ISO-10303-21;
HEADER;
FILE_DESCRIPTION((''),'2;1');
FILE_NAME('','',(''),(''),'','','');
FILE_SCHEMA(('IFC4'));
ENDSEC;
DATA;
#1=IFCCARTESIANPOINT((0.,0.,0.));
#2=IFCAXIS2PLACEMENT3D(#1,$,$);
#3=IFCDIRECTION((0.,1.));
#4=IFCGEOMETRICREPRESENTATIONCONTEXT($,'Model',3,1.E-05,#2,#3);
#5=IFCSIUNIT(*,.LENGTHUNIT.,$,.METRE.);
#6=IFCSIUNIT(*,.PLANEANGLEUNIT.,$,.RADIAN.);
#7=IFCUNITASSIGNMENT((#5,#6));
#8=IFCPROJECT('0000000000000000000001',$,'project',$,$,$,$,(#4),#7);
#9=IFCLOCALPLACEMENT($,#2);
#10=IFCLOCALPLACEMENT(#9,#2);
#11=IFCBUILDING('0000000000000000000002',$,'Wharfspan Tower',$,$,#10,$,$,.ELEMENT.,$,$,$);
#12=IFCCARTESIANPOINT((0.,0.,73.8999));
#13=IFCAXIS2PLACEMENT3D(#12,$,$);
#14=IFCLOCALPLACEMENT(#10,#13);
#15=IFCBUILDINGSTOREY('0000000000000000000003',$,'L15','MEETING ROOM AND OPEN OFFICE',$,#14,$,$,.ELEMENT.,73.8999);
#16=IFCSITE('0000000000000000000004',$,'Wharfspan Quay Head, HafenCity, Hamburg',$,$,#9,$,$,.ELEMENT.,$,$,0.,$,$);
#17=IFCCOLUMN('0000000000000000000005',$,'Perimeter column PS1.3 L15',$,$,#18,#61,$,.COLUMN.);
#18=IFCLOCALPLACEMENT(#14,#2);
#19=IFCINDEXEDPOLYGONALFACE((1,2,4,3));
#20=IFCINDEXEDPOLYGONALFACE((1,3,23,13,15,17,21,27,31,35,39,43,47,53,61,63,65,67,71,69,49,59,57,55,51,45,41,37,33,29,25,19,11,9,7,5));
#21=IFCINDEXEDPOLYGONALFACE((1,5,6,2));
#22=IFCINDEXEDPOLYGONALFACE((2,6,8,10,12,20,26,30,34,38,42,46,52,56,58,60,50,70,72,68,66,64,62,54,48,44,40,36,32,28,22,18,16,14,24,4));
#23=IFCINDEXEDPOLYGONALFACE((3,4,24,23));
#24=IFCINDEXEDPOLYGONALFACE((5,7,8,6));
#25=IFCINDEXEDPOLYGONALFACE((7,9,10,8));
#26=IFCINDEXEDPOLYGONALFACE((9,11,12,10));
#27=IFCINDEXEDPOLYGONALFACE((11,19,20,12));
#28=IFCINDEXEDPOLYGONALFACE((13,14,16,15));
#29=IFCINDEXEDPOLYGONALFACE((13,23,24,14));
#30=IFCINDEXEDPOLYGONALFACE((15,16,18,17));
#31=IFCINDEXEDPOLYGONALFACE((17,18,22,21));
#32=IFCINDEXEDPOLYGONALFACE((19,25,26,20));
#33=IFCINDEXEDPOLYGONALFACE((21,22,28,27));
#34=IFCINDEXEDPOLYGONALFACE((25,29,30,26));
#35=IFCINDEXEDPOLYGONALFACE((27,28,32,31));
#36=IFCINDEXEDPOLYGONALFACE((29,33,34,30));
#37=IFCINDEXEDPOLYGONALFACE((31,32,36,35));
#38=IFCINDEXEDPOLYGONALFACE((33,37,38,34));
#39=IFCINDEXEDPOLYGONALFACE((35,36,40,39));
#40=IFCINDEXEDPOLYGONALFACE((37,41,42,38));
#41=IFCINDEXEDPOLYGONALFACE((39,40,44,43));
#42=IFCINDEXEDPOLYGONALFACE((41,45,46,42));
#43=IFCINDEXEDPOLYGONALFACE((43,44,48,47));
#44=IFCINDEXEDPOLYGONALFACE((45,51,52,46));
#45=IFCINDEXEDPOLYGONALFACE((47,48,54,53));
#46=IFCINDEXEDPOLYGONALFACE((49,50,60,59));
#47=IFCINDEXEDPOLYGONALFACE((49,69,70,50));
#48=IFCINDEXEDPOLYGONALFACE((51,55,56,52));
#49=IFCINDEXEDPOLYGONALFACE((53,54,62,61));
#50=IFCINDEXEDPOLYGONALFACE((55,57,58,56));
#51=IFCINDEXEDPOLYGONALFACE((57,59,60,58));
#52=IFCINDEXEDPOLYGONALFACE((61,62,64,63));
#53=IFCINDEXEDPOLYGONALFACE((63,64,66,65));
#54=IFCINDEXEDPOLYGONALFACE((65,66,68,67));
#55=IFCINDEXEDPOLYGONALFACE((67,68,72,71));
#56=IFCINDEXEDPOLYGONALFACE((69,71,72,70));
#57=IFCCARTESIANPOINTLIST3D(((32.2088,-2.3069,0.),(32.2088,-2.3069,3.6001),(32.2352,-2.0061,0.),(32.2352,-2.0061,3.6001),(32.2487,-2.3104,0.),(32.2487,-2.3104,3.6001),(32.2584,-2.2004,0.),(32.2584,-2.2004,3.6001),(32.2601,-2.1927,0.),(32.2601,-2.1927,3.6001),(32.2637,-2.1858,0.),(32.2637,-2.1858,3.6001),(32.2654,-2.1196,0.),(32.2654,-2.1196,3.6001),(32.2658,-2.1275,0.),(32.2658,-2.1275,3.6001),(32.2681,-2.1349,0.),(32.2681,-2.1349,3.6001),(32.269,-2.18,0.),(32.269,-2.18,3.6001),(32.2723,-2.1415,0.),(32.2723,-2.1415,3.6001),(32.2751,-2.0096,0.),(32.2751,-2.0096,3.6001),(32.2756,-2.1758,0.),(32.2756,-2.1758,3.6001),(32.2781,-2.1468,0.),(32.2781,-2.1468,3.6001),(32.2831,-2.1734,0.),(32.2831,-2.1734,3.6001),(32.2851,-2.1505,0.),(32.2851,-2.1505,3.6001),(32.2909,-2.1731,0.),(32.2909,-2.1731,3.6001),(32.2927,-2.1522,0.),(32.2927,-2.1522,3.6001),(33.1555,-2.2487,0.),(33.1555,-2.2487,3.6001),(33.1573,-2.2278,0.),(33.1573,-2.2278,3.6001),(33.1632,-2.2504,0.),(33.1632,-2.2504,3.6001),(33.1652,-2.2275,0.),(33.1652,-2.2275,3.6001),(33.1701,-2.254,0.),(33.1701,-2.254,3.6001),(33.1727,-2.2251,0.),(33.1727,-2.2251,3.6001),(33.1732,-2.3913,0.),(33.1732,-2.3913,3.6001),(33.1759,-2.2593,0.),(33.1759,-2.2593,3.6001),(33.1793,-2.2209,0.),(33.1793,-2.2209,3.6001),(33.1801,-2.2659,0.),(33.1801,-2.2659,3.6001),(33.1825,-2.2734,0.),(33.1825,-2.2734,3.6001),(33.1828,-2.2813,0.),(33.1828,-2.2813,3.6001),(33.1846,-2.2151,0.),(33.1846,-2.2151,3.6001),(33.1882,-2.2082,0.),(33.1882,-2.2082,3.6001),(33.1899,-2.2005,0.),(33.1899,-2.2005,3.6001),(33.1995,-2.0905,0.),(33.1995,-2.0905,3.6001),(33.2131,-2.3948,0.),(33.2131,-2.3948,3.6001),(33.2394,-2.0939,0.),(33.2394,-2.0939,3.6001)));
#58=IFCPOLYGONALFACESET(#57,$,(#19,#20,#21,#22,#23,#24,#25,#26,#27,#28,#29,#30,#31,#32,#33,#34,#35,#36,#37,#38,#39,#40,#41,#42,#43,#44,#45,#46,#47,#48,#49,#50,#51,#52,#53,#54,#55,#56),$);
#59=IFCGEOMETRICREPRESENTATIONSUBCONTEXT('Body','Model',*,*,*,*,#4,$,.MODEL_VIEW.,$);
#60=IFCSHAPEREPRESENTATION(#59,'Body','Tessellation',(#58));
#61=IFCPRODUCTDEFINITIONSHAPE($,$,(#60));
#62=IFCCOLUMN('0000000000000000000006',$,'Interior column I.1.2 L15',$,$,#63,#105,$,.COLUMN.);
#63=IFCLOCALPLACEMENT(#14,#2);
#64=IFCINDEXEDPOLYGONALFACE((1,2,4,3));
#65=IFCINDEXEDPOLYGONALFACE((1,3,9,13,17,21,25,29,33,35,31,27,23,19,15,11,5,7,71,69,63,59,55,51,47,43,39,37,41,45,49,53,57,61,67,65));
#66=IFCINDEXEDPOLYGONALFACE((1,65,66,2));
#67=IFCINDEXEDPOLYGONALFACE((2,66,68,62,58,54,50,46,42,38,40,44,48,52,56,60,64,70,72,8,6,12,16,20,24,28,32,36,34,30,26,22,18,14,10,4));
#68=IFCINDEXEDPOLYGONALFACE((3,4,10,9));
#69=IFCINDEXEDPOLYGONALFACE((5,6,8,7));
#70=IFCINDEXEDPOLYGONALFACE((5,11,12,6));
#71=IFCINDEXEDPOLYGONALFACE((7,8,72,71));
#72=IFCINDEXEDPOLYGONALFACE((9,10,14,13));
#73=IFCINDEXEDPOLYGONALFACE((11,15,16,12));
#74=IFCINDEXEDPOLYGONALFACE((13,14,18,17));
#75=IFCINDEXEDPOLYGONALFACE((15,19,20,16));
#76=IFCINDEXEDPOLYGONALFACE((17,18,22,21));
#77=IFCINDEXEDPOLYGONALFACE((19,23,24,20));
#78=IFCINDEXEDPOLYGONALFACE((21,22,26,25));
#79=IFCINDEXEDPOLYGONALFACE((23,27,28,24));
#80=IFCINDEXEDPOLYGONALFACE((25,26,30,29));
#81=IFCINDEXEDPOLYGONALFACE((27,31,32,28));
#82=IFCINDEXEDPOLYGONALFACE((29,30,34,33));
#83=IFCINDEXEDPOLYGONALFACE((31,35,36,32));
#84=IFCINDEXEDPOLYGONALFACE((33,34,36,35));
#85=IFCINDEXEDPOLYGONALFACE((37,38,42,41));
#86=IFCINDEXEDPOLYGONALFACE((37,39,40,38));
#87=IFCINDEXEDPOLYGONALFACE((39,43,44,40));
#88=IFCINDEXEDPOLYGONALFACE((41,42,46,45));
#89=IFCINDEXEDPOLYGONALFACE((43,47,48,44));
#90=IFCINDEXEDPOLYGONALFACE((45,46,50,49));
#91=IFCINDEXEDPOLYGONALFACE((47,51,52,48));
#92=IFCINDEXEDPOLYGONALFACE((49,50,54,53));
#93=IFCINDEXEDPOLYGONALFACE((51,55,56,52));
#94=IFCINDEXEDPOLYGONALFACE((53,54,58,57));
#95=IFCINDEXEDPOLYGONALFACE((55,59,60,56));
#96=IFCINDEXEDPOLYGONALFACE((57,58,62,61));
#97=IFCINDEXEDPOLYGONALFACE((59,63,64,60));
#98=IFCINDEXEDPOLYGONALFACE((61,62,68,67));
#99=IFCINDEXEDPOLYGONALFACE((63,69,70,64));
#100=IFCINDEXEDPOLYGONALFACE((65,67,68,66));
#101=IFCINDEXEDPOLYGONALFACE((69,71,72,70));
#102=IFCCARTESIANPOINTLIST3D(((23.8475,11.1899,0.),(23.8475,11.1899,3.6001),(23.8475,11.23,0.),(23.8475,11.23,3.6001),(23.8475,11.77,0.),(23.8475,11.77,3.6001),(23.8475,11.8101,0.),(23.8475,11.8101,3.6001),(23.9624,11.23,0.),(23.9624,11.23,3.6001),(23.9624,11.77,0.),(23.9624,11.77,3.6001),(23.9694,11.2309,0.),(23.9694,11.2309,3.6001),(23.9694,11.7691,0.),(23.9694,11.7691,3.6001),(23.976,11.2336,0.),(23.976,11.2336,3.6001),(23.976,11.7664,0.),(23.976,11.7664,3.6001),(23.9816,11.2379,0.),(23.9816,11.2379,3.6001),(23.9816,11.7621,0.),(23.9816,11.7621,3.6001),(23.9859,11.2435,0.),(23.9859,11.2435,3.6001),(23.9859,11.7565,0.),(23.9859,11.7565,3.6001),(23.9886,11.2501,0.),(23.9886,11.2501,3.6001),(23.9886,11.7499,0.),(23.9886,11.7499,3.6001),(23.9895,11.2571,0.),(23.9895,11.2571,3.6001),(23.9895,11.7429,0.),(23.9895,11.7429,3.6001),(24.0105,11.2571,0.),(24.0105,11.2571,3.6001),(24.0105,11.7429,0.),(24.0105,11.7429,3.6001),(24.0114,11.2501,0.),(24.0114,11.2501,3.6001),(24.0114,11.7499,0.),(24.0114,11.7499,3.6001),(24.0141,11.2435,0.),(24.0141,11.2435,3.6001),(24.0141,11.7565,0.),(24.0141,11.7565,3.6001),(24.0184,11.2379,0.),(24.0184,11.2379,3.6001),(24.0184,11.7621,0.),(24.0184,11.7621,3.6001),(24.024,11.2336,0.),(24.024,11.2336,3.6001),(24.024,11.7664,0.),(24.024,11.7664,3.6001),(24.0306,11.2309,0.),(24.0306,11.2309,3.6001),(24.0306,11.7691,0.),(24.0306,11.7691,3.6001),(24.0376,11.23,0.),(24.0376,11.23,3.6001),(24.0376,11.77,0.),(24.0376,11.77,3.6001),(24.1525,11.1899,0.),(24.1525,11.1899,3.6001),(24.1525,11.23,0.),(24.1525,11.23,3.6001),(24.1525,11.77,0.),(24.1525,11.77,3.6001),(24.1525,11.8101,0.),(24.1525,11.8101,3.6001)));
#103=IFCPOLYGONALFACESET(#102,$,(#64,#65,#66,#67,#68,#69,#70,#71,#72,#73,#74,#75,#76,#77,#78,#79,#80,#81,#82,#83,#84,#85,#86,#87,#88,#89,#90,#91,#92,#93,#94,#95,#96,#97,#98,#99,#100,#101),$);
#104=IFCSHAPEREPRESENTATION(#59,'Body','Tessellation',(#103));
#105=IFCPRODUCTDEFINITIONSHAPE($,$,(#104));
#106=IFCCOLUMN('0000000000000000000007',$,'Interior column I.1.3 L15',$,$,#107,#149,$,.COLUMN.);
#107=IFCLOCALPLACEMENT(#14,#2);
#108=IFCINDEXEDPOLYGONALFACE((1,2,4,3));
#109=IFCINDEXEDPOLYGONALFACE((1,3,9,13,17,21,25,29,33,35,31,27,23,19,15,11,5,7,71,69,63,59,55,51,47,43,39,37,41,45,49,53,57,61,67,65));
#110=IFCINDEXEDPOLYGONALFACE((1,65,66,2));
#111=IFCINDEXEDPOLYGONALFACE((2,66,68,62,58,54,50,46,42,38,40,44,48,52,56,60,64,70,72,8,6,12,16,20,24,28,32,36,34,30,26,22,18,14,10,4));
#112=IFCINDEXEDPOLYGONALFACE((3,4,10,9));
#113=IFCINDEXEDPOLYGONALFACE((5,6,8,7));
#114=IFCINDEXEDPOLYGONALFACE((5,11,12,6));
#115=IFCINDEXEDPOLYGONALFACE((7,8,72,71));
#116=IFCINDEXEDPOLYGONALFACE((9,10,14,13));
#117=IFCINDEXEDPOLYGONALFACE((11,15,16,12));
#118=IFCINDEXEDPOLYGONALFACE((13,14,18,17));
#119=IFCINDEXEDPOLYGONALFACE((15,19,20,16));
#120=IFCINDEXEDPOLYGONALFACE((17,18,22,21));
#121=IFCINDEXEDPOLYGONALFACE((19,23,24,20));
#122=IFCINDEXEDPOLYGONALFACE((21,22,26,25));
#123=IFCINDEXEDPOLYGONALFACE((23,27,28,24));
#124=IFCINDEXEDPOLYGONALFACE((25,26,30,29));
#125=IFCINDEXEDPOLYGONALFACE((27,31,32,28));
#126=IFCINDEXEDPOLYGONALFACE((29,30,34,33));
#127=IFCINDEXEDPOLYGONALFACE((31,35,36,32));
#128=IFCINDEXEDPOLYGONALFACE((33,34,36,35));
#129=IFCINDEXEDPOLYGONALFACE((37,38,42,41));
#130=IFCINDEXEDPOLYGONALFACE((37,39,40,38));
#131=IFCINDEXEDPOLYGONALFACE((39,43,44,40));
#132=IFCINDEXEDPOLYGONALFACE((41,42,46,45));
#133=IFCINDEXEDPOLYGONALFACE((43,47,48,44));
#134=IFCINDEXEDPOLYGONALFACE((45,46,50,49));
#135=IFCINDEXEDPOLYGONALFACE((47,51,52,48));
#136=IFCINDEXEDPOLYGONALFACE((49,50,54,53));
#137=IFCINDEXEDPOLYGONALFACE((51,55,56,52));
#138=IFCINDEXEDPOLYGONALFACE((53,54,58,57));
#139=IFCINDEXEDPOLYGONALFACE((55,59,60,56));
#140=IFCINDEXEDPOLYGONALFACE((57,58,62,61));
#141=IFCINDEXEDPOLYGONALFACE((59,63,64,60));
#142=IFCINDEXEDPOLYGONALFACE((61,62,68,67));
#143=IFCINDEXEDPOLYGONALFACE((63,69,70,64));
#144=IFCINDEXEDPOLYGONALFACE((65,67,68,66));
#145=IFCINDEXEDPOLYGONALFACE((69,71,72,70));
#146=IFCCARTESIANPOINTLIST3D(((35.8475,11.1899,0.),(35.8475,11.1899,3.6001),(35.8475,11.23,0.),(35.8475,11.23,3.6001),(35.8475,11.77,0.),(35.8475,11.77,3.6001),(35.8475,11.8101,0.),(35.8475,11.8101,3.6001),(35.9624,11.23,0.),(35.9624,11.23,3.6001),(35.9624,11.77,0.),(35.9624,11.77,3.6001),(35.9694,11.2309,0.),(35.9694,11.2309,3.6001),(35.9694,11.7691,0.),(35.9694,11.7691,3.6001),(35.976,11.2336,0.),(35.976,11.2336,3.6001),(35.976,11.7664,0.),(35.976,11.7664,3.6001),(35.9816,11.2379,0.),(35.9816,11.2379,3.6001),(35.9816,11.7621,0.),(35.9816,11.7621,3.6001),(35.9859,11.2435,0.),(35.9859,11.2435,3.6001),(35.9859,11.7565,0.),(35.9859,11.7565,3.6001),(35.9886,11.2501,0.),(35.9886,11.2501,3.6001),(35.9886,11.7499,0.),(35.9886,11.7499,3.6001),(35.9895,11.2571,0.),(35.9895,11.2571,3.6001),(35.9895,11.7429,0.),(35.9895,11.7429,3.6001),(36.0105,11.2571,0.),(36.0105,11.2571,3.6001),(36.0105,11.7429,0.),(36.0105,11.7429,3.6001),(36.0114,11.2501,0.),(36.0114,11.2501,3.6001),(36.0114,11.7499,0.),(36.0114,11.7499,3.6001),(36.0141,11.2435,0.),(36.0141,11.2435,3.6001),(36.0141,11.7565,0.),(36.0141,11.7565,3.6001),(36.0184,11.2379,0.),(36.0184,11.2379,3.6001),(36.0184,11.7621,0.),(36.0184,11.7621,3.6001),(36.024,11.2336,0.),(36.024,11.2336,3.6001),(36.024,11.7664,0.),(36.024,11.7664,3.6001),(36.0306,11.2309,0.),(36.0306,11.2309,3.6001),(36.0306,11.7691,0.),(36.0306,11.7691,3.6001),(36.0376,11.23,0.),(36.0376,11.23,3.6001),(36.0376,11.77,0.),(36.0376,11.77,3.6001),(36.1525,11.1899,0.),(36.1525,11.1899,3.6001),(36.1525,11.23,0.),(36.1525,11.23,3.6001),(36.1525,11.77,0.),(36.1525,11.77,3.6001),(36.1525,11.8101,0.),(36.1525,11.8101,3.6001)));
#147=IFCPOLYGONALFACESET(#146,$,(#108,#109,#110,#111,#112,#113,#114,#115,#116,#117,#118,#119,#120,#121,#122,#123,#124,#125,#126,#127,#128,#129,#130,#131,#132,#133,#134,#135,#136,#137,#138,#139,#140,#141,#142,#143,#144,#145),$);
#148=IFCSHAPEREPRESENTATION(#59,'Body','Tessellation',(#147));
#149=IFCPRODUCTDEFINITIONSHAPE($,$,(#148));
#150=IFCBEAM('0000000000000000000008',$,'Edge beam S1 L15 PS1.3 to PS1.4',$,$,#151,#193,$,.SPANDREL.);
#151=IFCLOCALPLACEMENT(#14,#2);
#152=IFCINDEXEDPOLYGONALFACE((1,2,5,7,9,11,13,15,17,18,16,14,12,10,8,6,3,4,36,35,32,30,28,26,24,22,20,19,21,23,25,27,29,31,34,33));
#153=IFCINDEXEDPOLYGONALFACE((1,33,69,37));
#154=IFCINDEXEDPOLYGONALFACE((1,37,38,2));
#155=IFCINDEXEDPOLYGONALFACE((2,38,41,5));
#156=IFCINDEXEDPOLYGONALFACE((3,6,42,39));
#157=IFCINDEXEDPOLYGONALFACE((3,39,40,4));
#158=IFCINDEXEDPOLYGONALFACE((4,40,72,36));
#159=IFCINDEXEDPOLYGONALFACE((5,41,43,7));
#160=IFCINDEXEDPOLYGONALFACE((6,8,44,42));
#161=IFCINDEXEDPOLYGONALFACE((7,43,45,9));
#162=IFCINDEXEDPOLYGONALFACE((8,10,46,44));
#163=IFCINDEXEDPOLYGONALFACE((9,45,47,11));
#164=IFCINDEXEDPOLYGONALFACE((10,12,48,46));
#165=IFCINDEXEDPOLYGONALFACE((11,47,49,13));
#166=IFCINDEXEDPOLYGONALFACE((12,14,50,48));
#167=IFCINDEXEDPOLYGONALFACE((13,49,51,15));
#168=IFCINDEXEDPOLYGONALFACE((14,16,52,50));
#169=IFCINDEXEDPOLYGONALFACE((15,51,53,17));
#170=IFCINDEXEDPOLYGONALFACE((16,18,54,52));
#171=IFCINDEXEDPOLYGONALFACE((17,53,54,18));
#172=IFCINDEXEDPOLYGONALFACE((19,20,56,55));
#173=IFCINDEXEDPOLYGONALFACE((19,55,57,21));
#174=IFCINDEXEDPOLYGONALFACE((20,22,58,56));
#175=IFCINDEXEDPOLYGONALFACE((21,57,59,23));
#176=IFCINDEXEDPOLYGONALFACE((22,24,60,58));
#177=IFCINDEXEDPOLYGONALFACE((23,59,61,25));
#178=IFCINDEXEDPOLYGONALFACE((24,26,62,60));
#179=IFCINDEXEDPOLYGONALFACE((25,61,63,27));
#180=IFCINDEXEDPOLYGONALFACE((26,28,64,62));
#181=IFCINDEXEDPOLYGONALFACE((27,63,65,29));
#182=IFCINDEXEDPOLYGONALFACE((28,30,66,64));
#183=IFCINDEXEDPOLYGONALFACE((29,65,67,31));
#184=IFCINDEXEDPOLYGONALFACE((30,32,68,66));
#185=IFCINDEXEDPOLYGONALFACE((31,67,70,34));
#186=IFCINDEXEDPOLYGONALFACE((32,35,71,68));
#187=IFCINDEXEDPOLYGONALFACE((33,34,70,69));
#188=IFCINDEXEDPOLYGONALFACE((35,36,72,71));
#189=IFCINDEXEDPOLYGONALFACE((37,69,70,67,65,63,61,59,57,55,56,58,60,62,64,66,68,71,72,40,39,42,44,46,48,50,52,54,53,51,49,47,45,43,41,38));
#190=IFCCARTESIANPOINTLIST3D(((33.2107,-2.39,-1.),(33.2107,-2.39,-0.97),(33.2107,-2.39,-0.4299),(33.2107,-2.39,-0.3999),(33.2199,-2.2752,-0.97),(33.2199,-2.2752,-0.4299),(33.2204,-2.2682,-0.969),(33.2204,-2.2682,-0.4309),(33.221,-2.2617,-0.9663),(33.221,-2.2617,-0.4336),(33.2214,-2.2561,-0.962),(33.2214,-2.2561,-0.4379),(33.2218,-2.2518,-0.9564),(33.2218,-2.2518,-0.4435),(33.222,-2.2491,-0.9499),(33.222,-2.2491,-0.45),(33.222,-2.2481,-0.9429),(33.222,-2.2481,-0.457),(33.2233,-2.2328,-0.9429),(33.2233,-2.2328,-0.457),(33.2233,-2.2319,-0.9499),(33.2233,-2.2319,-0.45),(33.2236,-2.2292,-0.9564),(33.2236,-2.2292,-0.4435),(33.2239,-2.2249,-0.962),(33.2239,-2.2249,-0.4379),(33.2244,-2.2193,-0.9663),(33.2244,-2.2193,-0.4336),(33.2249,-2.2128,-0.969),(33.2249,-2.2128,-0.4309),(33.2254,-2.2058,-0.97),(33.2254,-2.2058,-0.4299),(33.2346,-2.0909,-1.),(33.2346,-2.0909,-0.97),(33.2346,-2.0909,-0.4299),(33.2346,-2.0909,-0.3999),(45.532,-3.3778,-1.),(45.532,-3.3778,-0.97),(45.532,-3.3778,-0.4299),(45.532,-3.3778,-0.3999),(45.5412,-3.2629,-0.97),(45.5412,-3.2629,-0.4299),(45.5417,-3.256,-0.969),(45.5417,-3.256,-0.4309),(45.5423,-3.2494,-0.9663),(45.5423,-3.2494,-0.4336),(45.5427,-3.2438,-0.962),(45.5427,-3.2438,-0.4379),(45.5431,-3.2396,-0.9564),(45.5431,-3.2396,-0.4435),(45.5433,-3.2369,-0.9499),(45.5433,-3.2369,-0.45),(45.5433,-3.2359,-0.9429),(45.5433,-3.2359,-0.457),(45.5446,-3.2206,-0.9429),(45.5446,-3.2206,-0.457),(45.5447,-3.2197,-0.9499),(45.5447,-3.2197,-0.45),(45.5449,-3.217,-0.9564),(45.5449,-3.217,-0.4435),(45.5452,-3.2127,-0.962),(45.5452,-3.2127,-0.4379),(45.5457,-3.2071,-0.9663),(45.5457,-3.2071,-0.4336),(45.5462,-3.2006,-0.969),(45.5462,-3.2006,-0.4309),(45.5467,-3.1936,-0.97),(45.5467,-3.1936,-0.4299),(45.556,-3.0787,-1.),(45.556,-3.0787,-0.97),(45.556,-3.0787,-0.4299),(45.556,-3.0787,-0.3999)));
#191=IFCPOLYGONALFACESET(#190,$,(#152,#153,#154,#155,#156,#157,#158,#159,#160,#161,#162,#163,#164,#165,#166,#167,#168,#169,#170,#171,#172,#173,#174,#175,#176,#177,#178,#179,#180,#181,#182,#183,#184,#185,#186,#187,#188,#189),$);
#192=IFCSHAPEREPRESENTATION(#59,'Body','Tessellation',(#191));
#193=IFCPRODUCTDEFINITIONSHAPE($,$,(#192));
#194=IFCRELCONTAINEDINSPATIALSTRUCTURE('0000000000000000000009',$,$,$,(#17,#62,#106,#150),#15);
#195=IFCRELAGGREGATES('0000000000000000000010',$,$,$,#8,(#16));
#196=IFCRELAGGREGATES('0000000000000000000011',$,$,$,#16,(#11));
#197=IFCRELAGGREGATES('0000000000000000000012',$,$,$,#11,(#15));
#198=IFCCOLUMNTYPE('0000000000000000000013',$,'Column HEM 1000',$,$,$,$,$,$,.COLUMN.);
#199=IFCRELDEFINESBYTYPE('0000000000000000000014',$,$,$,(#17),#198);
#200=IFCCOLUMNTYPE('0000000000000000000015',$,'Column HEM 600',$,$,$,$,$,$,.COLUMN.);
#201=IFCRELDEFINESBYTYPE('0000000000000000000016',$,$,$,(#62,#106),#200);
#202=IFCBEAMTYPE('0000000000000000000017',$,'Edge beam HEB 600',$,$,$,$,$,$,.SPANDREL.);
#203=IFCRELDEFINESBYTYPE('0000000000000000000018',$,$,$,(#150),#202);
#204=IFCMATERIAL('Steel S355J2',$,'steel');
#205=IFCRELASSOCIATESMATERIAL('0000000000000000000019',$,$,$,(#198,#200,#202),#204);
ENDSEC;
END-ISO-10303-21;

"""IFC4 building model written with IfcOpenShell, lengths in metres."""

from ifc_helpers import new_model, si_unit, direction, frame, origin, origin_2d, place, context, subcontext, project, spatial, i_section, extrude, material, material_profile, profile_set, type_object, element, save


model = new_model("IFC4")

# Units and contexts
model_context = context("Model", 3, precision=1e-05, world=origin(), true_north=direction((0.0, 1.0)))
body_context = subcontext(model_context, "Body", "Model", "MODEL_VIEW")
ifc_project = project(units=[si_unit("LENGTHUNIT", "METRE"), si_unit("PLANEANGLEUNIT", "RADIAN")], contexts=[model_context])

# Site, building, storey
site_placement = place(None, origin())
site = spatial("IfcSite", under=ifc_project, at=site_placement, Name="Wharfspan Quay Head, HafenCity, Hamburg", CompositionType="ELEMENT", RefElevation=0.0)
building_placement = place(site_placement, origin())
building = spatial("IfcBuilding", under=site, at=building_placement, Name="Wharfspan Tower", CompositionType="ELEMENT")
storey_placement = place(building_placement, frame((0.0, 0.0, 73.8999)))
storey = spatial("IfcBuildingStorey", under=building, at=storey_placement, Name="L15", Description="MEETING ROOM AND OPEN OFFICE", CompositionType="ELEMENT", Elevation=73.8999)

# Columns
ifc_material_1 = material(Name="Steel S355J2", Category="steel")
ifc_material_profile_1 = material_profile(ifc_material_1, i_section(OverallWidth=0.302, OverallDepth=1.0081, WebThickness=0.021, FlangeThickness=0.04, FilletRadius=0.03, at=origin_2d()))
ifc_profile_set_1 = profile_set([ifc_material_profile_1], Name="Steel S355J2")
column_type_1 = type_object("IfcColumnType", Name="Column HEM 1000", PredefinedType="COLUMN", material=ifc_profile_set_1)
column_placement = place(storey_placement, frame((32.7241, -2.2004, 0.0), z_axis=(0.0, 0.0, 1.0), x_axis=(-0.087156, -0.996198, 0.0)))
element("IfcColumn", 1, at=column_placement, inside=storey, type_object=column_type_1, Name="Perimeter column PS1.3 L15", PredefinedType="COLUMN", context=body_context, shape_type="SweptSolid", body=[
    extrude(i_section(OverallWidth=0.302, OverallDepth=1.0081, WebThickness=0.021, FlangeThickness=0.04, FilletRadius=0.03, at=origin_2d()), origin(), (0.0, 0.0, 1.0), 3.6001),
])
ifc_material_profile_2 = material_profile(ifc_material_1, i_section(OverallWidth=0.3049, OverallDepth=0.6201, WebThickness=0.021, FlangeThickness=0.04, FilletRadius=0.0271, at=origin_2d()))
ifc_profile_set_2 = profile_set([ifc_material_profile_2], Name="Steel S355J2")
column_type_2 = type_object("IfcColumnType", Name="Column HEM 600", PredefinedType="COLUMN", material=ifc_profile_set_2)
for number, where, z_axis, x_axis, name in (
    (2, (24.0, 11.5, 0.0), (0.0, 0.0, 1.0), (1.0, 0.0, 0.0), "Interior column I.1.2 L15"),
    (3, (36.0, 11.5, 0.0), (0.0, 0.0, 1.0), (1.0, 0.0, 0.0), "Interior column I.1.3 L15"),
):
    element("IfcColumn", number, at=place(storey_placement, frame(where, z_axis=z_axis, x_axis=x_axis)), inside=storey, type_object=column_type_2, Name=name, PredefinedType="COLUMN", context=body_context, shape_type="SweptSolid", body=[
        extrude(i_section(OverallWidth=0.3049, OverallDepth=0.6201, WebThickness=0.021, FlangeThickness=0.04, FilletRadius=0.0271, at=origin_2d()), origin(), (0.0, 0.0, 1.0), 3.6001),
    ])

# Beam
ifc_material_profile_3 = material_profile(ifc_material_1, i_section(OverallWidth=0.3, OverallDepth=0.6001, WebThickness=0.0154, FlangeThickness=0.03, FilletRadius=0.0271, at=origin_2d()))
ifc_profile_set_3 = profile_set([ifc_material_profile_3], Name="Steel S355J2")
beam_type = type_object("IfcBeamType", Name="Edge beam HEB 600", PredefinedType="SPANDREL", material=ifc_profile_set_3)
beam_placement = place(storey_placement, frame((33.2227, -2.2405, -0.7), z_axis=(0.996802, -0.079913, 0.0), x_axis=(0.079913, 0.996802, 0.0)))
element("IfcBeam", 4, at=beam_placement, inside=storey, type_object=beam_type, Name="Edge beam S1 L15 PS1.3 to PS1.4", PredefinedType="SPANDREL", context=body_context, shape_type="SweptSolid", body=[
    extrude(i_section(OverallWidth=0.3, OverallDepth=0.6001, WebThickness=0.0154, FlangeThickness=0.03, FilletRadius=0.0271, at=origin_2d()), origin(), (0.0, 0.0, 1.0), 12.3608),
])

save(model, "model.ifc")
